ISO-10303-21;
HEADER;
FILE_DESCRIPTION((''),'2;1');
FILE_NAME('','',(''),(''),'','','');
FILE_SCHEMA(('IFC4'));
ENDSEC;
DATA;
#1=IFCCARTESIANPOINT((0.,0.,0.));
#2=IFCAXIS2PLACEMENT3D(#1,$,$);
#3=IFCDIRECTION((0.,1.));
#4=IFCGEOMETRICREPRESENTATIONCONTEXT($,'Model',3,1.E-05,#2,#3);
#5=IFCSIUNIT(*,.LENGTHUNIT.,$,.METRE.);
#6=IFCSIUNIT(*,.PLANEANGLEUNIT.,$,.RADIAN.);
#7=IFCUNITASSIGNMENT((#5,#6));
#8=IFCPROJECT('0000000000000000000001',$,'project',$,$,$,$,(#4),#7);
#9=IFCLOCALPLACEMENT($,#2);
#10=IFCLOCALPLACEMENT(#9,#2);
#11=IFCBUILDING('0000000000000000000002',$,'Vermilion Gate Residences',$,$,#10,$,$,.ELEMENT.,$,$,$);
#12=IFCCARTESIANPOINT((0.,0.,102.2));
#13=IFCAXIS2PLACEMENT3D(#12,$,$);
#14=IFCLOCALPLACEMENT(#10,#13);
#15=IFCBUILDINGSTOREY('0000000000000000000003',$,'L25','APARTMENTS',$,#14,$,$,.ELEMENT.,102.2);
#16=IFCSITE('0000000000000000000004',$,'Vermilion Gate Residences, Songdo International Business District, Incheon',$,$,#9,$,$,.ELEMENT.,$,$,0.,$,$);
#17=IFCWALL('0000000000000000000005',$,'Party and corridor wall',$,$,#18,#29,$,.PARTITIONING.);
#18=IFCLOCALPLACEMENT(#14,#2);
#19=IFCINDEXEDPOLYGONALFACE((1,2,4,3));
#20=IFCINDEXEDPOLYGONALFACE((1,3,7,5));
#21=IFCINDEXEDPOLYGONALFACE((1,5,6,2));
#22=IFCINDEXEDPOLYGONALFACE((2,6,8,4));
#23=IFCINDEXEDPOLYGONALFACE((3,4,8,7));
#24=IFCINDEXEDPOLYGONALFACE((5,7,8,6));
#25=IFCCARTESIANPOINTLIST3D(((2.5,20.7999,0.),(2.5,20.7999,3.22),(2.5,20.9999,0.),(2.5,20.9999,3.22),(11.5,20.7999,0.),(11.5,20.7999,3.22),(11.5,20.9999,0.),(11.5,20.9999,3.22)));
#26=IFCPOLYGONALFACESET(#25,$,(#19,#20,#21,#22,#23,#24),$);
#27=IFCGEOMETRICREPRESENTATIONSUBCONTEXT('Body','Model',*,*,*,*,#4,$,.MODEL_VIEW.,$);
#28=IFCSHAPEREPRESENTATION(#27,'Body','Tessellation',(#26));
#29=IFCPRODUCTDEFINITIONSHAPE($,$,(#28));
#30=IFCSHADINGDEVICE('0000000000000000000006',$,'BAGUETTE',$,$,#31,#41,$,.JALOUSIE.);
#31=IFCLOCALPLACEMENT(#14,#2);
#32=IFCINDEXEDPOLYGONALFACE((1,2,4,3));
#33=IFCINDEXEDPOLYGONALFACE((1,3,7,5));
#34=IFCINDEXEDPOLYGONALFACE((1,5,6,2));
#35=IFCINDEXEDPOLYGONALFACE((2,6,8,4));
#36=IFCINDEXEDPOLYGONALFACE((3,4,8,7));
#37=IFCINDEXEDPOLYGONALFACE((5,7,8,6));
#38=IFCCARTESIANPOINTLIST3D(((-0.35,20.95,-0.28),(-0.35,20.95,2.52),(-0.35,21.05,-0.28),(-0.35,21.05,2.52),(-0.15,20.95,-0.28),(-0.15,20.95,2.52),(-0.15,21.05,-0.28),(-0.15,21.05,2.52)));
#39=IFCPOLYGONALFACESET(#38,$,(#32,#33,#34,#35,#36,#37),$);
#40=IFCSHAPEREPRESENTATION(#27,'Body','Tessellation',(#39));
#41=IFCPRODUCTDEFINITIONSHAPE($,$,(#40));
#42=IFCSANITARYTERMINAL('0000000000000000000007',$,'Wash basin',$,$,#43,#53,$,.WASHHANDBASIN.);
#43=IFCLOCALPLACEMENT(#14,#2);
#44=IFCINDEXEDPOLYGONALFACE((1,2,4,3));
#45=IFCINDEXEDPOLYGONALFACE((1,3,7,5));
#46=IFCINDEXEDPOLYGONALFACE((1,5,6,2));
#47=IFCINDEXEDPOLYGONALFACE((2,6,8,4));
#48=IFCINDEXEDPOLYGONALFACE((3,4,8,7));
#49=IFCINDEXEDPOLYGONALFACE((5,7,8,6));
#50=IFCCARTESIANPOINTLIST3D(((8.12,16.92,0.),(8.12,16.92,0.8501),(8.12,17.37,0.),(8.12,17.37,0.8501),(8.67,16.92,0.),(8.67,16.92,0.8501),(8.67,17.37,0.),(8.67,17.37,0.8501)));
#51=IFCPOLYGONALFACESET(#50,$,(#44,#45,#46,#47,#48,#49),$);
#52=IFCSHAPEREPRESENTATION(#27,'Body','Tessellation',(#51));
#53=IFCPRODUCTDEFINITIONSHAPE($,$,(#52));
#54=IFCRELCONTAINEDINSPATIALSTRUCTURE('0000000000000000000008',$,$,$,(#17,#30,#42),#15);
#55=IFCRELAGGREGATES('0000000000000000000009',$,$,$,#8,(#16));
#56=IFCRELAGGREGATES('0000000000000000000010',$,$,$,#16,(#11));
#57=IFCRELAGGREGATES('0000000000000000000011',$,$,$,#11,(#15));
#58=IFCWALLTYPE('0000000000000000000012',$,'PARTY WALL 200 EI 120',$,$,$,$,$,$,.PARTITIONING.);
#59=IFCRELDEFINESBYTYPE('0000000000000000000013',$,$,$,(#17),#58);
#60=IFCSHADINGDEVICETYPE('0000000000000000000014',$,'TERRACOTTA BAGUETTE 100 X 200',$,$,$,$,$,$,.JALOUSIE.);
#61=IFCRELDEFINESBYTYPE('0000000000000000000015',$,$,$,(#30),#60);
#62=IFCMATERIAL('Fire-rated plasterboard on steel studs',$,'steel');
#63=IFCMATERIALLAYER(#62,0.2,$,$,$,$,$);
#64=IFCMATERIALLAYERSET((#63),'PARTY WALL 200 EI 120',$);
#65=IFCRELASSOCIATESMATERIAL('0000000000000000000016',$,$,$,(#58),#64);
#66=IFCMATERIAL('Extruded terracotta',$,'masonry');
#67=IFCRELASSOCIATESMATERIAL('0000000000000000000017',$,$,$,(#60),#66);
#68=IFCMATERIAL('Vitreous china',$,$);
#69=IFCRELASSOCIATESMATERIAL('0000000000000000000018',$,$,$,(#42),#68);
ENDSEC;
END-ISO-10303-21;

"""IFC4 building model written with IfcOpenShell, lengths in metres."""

from ifc_helpers import new_model, si_unit, direction, frame, frame_2d, origin, origin_2d, place, context, subcontext, project, spatial, rectangle, extrude, material, layer, layer_set, material_profile, profile_set, type_object, element, save


model = new_model("IFC4")

# Units and contexts
model_context = context("Model", 3, precision=1e-05, world=origin(), true_north=direction((0.0, 1.0)))
body_context = subcontext(model_context, "Body", "Model", "MODEL_VIEW")
ifc_project = project(units=[si_unit("LENGTHUNIT", "METRE"), si_unit("PLANEANGLEUNIT", "RADIAN")], contexts=[model_context])

# Site, building, storey
site_placement = place(None, origin())
site = spatial("IfcSite", under=ifc_project, at=site_placement, Name="Vermilion Gate Residences, Songdo International Business District, Incheon", CompositionType="ELEMENT", RefElevation=0.0)
building_placement = place(site_placement, origin())
building = spatial("IfcBuilding", under=site, at=building_placement, Name="Vermilion Gate Residences", CompositionType="ELEMENT")
storey_placement = place(building_placement, frame((0.0, 0.0, 102.2)))
storey = spatial("IfcBuildingStorey", under=building, at=storey_placement, Name="L25", Description="APARTMENTS", CompositionType="ELEMENT", Elevation=102.2)

# Wall
ifc_material_1 = material(Name="Fire-rated plasterboard on steel studs", Category="steel")
ifc_layer_1 = layer(ifc_material_1, 0.2)
ifc_layer_set_1 = layer_set([ifc_layer_1], Name="PARTY WALL 200 EI 120")
wall_type_1 = type_object("IfcWallType", Name="PARTY WALL 200 EI 120", PredefinedType="PARTITIONING", material=ifc_layer_set_1)
wall_1_placement = place(storey_placement, frame((2.5, 20.8999, 0.0), z_axis=(0.0, 0.0, 1.0), x_axis=(1.0, 0.0, 0.0)))
element("IfcWall", 1, at=wall_1_placement, inside=storey, type_object=wall_type_1, Name="Party and corridor wall", PredefinedType="PARTITIONING", context=body_context, shape_type="SweptSolid", body=[
    extrude(rectangle(XDim=9.0, YDim=0.2, at=frame_2d((4.5, 0.0))), origin(), (0.0, 0.0, 1.0), 3.22),
])

# Shading device
ifc_material_2 = material(Name="Extruded terracotta", Category="masonry")
ifc_material_profile_1 = material_profile(ifc_material_2, rectangle(XDim=0.2, YDim=0.1001, at=origin_2d()), Name="BAGUETTE 100 X 200")
ifc_profile_set_1 = profile_set([ifc_material_profile_1], Name="Extruded terracotta")
shading_device_type = type_object("IfcShadingDeviceType", Name="TERRACOTTA BAGUETTE 100 X 200", PredefinedType="JALOUSIE", material=ifc_profile_set_1)
shading_device_placement = place(storey_placement, frame((-0.25, 21.0, -0.28), z_axis=(0.0, 0.0, 1.0), x_axis=(1.0, 0.0, 0.0)))
element("IfcShadingDevice", 2, at=shading_device_placement, inside=storey, type_object=shading_device_type, Name="BAGUETTE", PredefinedType="JALOUSIE", context=body_context, shape_type="SweptSolid", body=[
    extrude(rectangle(XDim=0.2, YDim=0.1001, at=origin_2d()), origin(), (0.0, 0.0, 1.0), 2.8),
])

# Sanitary terminal
ifc_material_3 = material(Name="Vitreous china")
sanitary_terminal_placement = place(storey_placement, frame((8.395, 17.145, 0.0), z_axis=(0.0, 0.0, 1.0), x_axis=(1.0, 0.0, 0.0)))
element("IfcSanitaryTerminal", 3, at=sanitary_terminal_placement, inside=storey, material=ifc_material_3, Name="Wash basin", PredefinedType="WASHHANDBASIN", context=body_context, shape_type="SweptSolid", body=[
    extrude(rectangle(XDim=0.55, YDim=0.45, at=origin_2d()), origin(), (0.0, 0.0, 1.0), 0.8501),
])

save(model, "model.ifc")
